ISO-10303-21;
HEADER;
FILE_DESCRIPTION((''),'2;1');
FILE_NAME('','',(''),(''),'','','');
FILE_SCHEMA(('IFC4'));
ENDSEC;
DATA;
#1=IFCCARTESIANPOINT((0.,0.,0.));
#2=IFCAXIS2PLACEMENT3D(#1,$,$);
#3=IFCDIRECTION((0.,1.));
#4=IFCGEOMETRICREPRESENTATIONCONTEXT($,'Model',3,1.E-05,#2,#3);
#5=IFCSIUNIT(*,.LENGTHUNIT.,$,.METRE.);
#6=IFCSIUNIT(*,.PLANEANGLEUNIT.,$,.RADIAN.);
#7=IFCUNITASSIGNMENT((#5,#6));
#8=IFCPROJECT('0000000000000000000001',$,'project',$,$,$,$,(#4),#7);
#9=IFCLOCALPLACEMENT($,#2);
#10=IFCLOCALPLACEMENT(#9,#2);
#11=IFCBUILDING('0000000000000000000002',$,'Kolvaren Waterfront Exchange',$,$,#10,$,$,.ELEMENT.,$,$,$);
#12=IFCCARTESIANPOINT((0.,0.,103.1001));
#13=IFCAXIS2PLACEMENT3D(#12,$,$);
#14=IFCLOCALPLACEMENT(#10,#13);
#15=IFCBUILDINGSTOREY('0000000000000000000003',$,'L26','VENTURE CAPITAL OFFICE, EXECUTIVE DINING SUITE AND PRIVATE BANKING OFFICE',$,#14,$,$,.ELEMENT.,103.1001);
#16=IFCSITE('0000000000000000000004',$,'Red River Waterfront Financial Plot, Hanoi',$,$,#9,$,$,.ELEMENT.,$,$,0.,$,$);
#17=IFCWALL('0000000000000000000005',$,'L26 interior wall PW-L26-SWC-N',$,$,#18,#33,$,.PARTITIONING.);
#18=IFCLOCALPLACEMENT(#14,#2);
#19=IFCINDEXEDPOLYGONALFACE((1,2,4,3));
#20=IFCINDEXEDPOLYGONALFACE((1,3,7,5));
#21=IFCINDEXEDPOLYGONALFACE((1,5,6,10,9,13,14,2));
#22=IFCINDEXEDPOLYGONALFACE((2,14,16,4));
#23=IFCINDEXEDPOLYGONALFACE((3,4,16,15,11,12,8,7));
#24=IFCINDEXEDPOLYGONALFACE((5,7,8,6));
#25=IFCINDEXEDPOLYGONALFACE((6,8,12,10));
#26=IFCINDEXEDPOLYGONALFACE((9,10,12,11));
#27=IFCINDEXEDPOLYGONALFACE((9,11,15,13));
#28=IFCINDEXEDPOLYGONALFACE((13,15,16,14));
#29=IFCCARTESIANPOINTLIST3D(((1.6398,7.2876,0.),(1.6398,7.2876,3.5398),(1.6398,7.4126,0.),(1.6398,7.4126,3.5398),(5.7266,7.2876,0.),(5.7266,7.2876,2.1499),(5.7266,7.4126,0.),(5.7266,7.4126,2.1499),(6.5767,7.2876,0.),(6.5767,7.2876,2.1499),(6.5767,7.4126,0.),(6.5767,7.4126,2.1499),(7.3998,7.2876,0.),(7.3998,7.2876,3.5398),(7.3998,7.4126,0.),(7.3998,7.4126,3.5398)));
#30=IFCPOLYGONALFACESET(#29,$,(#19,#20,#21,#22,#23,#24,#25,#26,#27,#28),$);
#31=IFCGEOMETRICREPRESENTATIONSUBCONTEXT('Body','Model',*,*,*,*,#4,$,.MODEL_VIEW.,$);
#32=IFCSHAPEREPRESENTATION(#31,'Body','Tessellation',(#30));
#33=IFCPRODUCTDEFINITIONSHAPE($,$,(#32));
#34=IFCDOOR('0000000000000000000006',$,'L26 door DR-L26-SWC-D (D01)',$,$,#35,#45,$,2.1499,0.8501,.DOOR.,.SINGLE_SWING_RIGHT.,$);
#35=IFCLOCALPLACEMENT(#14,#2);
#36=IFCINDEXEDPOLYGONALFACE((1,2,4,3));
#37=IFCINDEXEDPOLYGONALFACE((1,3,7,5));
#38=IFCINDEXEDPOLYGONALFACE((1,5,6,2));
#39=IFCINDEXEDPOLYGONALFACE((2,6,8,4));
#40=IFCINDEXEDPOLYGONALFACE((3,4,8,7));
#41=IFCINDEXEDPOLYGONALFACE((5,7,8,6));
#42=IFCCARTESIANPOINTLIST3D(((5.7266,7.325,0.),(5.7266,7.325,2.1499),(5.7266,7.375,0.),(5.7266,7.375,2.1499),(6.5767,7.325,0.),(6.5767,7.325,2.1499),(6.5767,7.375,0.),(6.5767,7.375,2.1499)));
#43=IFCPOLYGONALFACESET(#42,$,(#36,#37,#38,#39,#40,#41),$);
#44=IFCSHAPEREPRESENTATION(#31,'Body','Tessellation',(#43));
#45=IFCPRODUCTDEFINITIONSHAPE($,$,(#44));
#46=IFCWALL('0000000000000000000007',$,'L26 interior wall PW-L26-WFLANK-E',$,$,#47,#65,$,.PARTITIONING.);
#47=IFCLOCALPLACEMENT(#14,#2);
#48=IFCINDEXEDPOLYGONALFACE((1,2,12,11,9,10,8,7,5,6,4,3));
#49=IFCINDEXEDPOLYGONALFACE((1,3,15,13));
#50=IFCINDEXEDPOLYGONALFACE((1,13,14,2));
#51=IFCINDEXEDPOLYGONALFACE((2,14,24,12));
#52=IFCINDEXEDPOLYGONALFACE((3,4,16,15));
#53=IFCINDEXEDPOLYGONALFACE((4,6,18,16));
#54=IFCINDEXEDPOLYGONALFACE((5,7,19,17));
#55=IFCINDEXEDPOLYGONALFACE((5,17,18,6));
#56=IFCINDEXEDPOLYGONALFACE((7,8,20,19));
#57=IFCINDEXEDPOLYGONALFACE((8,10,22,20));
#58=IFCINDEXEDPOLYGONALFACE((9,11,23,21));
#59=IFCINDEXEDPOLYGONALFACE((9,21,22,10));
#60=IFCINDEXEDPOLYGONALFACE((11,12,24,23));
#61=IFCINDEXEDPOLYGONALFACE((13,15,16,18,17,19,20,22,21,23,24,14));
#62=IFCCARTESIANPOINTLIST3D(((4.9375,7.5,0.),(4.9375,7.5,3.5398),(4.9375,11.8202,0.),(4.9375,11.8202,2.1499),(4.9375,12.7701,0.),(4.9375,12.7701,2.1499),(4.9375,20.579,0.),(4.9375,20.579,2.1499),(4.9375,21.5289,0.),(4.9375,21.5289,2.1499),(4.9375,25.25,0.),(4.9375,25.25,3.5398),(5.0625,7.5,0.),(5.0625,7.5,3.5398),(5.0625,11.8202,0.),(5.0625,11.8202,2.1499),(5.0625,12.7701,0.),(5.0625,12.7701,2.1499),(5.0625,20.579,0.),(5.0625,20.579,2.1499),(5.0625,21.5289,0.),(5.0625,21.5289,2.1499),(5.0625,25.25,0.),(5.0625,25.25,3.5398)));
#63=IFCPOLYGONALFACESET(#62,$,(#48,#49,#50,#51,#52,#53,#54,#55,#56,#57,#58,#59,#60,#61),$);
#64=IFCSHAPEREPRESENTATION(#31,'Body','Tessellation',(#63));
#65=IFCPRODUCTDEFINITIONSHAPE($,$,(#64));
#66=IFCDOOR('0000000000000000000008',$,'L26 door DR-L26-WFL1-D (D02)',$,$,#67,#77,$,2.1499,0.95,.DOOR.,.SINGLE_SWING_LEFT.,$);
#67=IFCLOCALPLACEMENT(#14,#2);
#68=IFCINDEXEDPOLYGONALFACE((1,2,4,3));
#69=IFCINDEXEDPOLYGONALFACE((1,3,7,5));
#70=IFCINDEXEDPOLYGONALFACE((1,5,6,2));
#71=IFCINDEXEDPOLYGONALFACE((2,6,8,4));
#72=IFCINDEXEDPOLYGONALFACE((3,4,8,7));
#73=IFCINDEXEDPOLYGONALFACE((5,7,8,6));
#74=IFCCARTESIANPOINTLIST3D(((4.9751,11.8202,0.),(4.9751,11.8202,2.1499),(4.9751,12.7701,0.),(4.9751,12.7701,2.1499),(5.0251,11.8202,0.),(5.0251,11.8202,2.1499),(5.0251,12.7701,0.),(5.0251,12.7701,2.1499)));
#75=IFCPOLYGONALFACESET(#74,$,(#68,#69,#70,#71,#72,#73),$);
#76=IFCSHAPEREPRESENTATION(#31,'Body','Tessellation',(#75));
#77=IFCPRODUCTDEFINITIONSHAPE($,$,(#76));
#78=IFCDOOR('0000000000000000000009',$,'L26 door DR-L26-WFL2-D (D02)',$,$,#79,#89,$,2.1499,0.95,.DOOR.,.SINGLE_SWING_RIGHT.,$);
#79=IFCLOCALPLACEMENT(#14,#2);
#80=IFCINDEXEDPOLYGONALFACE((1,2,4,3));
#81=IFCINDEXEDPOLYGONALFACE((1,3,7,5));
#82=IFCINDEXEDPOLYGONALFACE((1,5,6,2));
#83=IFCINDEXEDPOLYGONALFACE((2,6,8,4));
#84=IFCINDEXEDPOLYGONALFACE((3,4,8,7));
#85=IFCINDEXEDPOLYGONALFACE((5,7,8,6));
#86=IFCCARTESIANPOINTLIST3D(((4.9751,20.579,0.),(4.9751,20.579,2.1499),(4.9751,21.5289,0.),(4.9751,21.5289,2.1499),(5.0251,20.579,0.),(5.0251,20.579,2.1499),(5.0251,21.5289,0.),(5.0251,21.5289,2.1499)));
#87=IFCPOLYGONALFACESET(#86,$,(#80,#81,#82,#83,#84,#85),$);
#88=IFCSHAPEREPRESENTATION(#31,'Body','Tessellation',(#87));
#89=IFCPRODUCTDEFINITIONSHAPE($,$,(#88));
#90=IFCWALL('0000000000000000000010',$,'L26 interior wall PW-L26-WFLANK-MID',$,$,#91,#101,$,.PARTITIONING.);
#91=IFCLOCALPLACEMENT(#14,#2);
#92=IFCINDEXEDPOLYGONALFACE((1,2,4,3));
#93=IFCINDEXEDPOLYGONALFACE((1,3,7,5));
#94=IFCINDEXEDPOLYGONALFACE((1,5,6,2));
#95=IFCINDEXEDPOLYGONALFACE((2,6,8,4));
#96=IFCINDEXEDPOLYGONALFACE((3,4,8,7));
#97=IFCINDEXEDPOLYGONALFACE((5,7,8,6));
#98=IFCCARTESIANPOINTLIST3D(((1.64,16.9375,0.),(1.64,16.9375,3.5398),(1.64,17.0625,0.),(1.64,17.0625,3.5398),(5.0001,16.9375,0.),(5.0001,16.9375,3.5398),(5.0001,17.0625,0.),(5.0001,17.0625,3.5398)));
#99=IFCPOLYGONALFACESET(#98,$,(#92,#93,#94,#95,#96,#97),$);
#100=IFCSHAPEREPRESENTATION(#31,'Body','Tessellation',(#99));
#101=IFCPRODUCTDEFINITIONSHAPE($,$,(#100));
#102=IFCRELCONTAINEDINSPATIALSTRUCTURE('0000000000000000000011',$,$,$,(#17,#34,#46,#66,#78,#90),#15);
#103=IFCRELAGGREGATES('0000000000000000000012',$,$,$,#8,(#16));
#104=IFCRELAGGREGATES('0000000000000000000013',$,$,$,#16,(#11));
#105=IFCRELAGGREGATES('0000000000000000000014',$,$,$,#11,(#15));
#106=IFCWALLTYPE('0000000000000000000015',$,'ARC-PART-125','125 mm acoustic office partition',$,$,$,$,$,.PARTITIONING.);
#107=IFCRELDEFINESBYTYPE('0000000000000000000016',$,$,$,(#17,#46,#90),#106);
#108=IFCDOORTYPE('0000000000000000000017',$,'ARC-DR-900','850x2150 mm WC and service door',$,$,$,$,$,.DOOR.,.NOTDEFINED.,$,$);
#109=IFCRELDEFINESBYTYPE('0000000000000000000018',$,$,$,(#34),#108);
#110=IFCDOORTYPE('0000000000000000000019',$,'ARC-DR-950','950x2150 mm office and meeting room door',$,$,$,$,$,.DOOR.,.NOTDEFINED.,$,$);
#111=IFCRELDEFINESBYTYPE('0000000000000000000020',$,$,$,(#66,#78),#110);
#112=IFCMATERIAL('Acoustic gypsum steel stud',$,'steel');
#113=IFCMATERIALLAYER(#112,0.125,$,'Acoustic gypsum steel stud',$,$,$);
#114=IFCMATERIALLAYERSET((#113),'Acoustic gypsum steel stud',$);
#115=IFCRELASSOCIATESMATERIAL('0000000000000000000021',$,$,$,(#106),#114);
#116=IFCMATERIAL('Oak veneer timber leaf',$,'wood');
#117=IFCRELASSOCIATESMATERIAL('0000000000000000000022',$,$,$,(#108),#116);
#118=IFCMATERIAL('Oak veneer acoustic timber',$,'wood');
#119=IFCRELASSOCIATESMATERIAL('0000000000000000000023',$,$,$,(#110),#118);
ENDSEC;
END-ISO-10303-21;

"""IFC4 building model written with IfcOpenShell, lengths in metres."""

from ifc_helpers import new_model, si_unit, direction, frame, frame_2d, origin, place, context, subcontext, project, spatial, rectangle, extrude, material, layer, layer_set, type_object, element, fill, save


model = new_model("IFC4")

# Units and contexts
model_context = context("Model", 3, precision=1e-05, world=origin(), true_north=direction((0.0, 1.0)))
body_context = subcontext(model_context, "Body", "Model", "MODEL_VIEW")
ifc_project = project(units=[si_unit("LENGTHUNIT", "METRE"), si_unit("PLANEANGLEUNIT", "RADIAN")], contexts=[model_context])

# Site, building, storey
site_placement = place(None, origin())
site = spatial("IfcSite", under=ifc_project, at=site_placement, Name="Red River Waterfront Financial Plot, Hanoi", CompositionType="ELEMENT", RefElevation=0.0)
building_placement = place(site_placement, origin())
building = spatial("IfcBuilding", under=site, at=building_placement, Name="Kolvaren Waterfront Exchange", CompositionType="ELEMENT")
storey_placement = place(building_placement, frame((0.0, 0.0, 103.1001)))
storey = spatial("IfcBuildingStorey", under=building, at=storey_placement, Name="L26", Description="VENTURE CAPITAL OFFICE, EXECUTIVE DINING SUITE AND PRIVATE BANKING OFFICE", CompositionType="ELEMENT", Elevation=103.1001)

# Wall, opening, door
ifc_material_1 = material(Name="Acoustic gypsum steel stud", Category="steel")
ifc_layer_1 = layer(ifc_material_1, 0.125, Name="Acoustic gypsum steel stud")
ifc_layer_set_1 = layer_set([ifc_layer_1], Name="Acoustic gypsum steel stud")
wall_type_1 = type_object("IfcWallType", Name="ARC-PART-125", Description="125 mm acoustic office partition", PredefinedType="PARTITIONING", material=ifc_layer_set_1)
wall_1_placement = place(storey_placement, frame((1.6399, 7.3501, 0.0), z_axis=(0.0, 0.0, 1.0), x_axis=(1.0, 0.0, 0.0)))
wall_1 = element("IfcWall", 1, at=wall_1_placement, inside=storey, type_object=wall_type_1, Name="L26 interior wall PW-L26-SWC-N", PredefinedType="PARTITIONING", context=body_context, shape_type="SweptSolid", body=[
    extrude(rectangle(XDim=5.76, YDim=0.125, at=frame_2d((2.8799, 0.0))), origin(), (0.0, 0.0, 1.0), 3.5398),
])
opening_1_placement = place(wall_1_placement, frame((4.0867, 0.0, 0.0)))
opening_1 = element("IfcOpeningElement", 2, at=opening_1_placement, cuts=wall_1, PredefinedType="OPENING", context=body_context, shape_type="SweptSolid", body=[
    extrude(rectangle(XDim=0.8501, YDim=2.1499, at=frame_2d((0.425, 1.075))), frame((0.0, 0.0725, 0.0), z_axis=(0.0, -1.0, 0.0), x_axis=(1.0, 0.0, 0.0)), (0.0, 0.0, 1.0), 0.145),
])
ifc_material_2 = material(Name="Oak veneer timber leaf", Category="wood")
door_type_1 = type_object("IfcDoorType", Name="ARC-DR-900", Description="850x2150 mm WC and service door", OperationType="NOTDEFINED", PredefinedType="DOOR", material=ifc_material_2)
door_1_placement = place(opening_1_placement, origin())
door_1 = element("IfcDoor", 3, at=door_1_placement, inside=storey, type_object=door_type_1, Name="L26 door DR-L26-SWC-D (D01)", OperationType="SINGLE_SWING_RIGHT", OverallHeight=2.1499, OverallWidth=0.8501, PredefinedType="DOOR", context=body_context, shape_type="SweptSolid", body=[
    extrude(rectangle(XDim=0.8501, YDim=2.1499, at=frame_2d((0.425, 1.075))), frame((0.0, 0.0249, 0.0), z_axis=(0.0, -1.0, 0.0), x_axis=(1.0, 0.0, 0.0)), (0.0, 0.0, 1.0), 0.05),
])
fill(opening_1, door_1)

# Wall, openings, doors
wall_2_placement = place(storey_placement, frame((5.0, 7.5, 0.0), z_axis=(0.0, 0.0, 1.0), x_axis=(0.0, 1.0, 0.0)))
wall_2 = element("IfcWall", 4, at=wall_2_placement, inside=storey, type_object=wall_type_1, Name="L26 interior wall PW-L26-WFLANK-E", PredefinedType="PARTITIONING", context=body_context, shape_type="SweptSolid", body=[
    extrude(rectangle(XDim=17.75, YDim=0.125, at=frame_2d((8.875, 0.0))), origin(), (0.0, 0.0, 1.0), 3.5398),
])
opening_2_placement = place(wall_2_placement, frame((4.3201, 0.0, 0.0)))
opening_2 = element("IfcOpeningElement", 5, at=opening_2_placement, cuts=wall_2, PredefinedType="OPENING", context=body_context, shape_type="SweptSolid", body=[
    extrude(rectangle(XDim=0.95, YDim=2.1499, at=frame_2d((0.4751, 1.075))), frame((0.0, 0.0725, 0.0), z_axis=(0.0, -1.0, 0.0), x_axis=(1.0, 0.0, 0.0)), (0.0, 0.0, 1.0), 0.145),
])
opening_3_placement = place(wall_2_placement, frame((13.0789, 0.0, 0.0)))
opening_3 = element("IfcOpeningElement", 6, at=opening_3_placement, cuts=wall_2, PredefinedType="OPENING", context=body_context, shape_type="SweptSolid", body=[
    extrude(rectangle(XDim=0.95, YDim=2.1499, at=frame_2d((0.4751, 1.075))), frame((0.0, 0.0725, 0.0), z_axis=(0.0, -1.0, 0.0), x_axis=(1.0, 0.0, 0.0)), (0.0, 0.0, 1.0), 0.145),
])
ifc_material_3 = material(Name="Oak veneer acoustic timber", Category="wood")
door_type_2 = type_object("IfcDoorType", Name="ARC-DR-950", Description="950x2150 mm office and meeting room door", OperationType="NOTDEFINED", PredefinedType="DOOR", material=ifc_material_3)
door_2_placement = place(opening_2_placement, origin())
door_2 = element("IfcDoor", 7, at=door_2_placement, inside=storey, type_object=door_type_2, Name="L26 door DR-L26-WFL1-D (D02)", OperationType="SINGLE_SWING_LEFT", OverallHeight=2.1499, OverallWidth=0.95, PredefinedType="DOOR", context=body_context, shape_type="SweptSolid", body=[
    extrude(rectangle(XDim=0.95, YDim=2.1499, at=frame_2d((0.4751, 1.075))), frame((0.0, 0.0249, 0.0), z_axis=(0.0, -1.0, 0.0), x_axis=(1.0, 0.0, 0.0)), (0.0, 0.0, 1.0), 0.05),
])
fill(opening_2, door_2)
door_3_placement = place(opening_3_placement, origin())
door_3 = element("IfcDoor", 8, at=door_3_placement, inside=storey, type_object=door_type_2, Name="L26 door DR-L26-WFL2-D (D02)", OperationType="SINGLE_SWING_RIGHT", OverallHeight=2.1499, OverallWidth=0.95, PredefinedType="DOOR", context=body_context, shape_type="SweptSolid", body=[
    extrude(rectangle(XDim=0.95, YDim=2.1499, at=frame_2d((0.4751, 1.075))), frame((0.0, 0.0249, 0.0), z_axis=(0.0, -1.0, 0.0), x_axis=(1.0, 0.0, 0.0)), (0.0, 0.0, 1.0), 0.05),
])
fill(opening_3, door_3)

# Wall
wall_3_placement = place(storey_placement, frame((1.6399, 17.0, 0.0), z_axis=(0.0, 0.0, 1.0), x_axis=(1.0, 0.0, 0.0)))
element("IfcWall", 9, at=wall_3_placement, inside=storey, type_object=wall_type_1, Name="L26 interior wall PW-L26-WFLANK-MID", PredefinedType="PARTITIONING", context=body_context, shape_type="SweptSolid", body=[
    extrude(rectangle(XDim=3.3601, YDim=0.125, at=frame_2d((1.6802, 0.0))), origin(), (0.0, 0.0, 1.0), 3.5398),
])

save(model, "model.ifc")
